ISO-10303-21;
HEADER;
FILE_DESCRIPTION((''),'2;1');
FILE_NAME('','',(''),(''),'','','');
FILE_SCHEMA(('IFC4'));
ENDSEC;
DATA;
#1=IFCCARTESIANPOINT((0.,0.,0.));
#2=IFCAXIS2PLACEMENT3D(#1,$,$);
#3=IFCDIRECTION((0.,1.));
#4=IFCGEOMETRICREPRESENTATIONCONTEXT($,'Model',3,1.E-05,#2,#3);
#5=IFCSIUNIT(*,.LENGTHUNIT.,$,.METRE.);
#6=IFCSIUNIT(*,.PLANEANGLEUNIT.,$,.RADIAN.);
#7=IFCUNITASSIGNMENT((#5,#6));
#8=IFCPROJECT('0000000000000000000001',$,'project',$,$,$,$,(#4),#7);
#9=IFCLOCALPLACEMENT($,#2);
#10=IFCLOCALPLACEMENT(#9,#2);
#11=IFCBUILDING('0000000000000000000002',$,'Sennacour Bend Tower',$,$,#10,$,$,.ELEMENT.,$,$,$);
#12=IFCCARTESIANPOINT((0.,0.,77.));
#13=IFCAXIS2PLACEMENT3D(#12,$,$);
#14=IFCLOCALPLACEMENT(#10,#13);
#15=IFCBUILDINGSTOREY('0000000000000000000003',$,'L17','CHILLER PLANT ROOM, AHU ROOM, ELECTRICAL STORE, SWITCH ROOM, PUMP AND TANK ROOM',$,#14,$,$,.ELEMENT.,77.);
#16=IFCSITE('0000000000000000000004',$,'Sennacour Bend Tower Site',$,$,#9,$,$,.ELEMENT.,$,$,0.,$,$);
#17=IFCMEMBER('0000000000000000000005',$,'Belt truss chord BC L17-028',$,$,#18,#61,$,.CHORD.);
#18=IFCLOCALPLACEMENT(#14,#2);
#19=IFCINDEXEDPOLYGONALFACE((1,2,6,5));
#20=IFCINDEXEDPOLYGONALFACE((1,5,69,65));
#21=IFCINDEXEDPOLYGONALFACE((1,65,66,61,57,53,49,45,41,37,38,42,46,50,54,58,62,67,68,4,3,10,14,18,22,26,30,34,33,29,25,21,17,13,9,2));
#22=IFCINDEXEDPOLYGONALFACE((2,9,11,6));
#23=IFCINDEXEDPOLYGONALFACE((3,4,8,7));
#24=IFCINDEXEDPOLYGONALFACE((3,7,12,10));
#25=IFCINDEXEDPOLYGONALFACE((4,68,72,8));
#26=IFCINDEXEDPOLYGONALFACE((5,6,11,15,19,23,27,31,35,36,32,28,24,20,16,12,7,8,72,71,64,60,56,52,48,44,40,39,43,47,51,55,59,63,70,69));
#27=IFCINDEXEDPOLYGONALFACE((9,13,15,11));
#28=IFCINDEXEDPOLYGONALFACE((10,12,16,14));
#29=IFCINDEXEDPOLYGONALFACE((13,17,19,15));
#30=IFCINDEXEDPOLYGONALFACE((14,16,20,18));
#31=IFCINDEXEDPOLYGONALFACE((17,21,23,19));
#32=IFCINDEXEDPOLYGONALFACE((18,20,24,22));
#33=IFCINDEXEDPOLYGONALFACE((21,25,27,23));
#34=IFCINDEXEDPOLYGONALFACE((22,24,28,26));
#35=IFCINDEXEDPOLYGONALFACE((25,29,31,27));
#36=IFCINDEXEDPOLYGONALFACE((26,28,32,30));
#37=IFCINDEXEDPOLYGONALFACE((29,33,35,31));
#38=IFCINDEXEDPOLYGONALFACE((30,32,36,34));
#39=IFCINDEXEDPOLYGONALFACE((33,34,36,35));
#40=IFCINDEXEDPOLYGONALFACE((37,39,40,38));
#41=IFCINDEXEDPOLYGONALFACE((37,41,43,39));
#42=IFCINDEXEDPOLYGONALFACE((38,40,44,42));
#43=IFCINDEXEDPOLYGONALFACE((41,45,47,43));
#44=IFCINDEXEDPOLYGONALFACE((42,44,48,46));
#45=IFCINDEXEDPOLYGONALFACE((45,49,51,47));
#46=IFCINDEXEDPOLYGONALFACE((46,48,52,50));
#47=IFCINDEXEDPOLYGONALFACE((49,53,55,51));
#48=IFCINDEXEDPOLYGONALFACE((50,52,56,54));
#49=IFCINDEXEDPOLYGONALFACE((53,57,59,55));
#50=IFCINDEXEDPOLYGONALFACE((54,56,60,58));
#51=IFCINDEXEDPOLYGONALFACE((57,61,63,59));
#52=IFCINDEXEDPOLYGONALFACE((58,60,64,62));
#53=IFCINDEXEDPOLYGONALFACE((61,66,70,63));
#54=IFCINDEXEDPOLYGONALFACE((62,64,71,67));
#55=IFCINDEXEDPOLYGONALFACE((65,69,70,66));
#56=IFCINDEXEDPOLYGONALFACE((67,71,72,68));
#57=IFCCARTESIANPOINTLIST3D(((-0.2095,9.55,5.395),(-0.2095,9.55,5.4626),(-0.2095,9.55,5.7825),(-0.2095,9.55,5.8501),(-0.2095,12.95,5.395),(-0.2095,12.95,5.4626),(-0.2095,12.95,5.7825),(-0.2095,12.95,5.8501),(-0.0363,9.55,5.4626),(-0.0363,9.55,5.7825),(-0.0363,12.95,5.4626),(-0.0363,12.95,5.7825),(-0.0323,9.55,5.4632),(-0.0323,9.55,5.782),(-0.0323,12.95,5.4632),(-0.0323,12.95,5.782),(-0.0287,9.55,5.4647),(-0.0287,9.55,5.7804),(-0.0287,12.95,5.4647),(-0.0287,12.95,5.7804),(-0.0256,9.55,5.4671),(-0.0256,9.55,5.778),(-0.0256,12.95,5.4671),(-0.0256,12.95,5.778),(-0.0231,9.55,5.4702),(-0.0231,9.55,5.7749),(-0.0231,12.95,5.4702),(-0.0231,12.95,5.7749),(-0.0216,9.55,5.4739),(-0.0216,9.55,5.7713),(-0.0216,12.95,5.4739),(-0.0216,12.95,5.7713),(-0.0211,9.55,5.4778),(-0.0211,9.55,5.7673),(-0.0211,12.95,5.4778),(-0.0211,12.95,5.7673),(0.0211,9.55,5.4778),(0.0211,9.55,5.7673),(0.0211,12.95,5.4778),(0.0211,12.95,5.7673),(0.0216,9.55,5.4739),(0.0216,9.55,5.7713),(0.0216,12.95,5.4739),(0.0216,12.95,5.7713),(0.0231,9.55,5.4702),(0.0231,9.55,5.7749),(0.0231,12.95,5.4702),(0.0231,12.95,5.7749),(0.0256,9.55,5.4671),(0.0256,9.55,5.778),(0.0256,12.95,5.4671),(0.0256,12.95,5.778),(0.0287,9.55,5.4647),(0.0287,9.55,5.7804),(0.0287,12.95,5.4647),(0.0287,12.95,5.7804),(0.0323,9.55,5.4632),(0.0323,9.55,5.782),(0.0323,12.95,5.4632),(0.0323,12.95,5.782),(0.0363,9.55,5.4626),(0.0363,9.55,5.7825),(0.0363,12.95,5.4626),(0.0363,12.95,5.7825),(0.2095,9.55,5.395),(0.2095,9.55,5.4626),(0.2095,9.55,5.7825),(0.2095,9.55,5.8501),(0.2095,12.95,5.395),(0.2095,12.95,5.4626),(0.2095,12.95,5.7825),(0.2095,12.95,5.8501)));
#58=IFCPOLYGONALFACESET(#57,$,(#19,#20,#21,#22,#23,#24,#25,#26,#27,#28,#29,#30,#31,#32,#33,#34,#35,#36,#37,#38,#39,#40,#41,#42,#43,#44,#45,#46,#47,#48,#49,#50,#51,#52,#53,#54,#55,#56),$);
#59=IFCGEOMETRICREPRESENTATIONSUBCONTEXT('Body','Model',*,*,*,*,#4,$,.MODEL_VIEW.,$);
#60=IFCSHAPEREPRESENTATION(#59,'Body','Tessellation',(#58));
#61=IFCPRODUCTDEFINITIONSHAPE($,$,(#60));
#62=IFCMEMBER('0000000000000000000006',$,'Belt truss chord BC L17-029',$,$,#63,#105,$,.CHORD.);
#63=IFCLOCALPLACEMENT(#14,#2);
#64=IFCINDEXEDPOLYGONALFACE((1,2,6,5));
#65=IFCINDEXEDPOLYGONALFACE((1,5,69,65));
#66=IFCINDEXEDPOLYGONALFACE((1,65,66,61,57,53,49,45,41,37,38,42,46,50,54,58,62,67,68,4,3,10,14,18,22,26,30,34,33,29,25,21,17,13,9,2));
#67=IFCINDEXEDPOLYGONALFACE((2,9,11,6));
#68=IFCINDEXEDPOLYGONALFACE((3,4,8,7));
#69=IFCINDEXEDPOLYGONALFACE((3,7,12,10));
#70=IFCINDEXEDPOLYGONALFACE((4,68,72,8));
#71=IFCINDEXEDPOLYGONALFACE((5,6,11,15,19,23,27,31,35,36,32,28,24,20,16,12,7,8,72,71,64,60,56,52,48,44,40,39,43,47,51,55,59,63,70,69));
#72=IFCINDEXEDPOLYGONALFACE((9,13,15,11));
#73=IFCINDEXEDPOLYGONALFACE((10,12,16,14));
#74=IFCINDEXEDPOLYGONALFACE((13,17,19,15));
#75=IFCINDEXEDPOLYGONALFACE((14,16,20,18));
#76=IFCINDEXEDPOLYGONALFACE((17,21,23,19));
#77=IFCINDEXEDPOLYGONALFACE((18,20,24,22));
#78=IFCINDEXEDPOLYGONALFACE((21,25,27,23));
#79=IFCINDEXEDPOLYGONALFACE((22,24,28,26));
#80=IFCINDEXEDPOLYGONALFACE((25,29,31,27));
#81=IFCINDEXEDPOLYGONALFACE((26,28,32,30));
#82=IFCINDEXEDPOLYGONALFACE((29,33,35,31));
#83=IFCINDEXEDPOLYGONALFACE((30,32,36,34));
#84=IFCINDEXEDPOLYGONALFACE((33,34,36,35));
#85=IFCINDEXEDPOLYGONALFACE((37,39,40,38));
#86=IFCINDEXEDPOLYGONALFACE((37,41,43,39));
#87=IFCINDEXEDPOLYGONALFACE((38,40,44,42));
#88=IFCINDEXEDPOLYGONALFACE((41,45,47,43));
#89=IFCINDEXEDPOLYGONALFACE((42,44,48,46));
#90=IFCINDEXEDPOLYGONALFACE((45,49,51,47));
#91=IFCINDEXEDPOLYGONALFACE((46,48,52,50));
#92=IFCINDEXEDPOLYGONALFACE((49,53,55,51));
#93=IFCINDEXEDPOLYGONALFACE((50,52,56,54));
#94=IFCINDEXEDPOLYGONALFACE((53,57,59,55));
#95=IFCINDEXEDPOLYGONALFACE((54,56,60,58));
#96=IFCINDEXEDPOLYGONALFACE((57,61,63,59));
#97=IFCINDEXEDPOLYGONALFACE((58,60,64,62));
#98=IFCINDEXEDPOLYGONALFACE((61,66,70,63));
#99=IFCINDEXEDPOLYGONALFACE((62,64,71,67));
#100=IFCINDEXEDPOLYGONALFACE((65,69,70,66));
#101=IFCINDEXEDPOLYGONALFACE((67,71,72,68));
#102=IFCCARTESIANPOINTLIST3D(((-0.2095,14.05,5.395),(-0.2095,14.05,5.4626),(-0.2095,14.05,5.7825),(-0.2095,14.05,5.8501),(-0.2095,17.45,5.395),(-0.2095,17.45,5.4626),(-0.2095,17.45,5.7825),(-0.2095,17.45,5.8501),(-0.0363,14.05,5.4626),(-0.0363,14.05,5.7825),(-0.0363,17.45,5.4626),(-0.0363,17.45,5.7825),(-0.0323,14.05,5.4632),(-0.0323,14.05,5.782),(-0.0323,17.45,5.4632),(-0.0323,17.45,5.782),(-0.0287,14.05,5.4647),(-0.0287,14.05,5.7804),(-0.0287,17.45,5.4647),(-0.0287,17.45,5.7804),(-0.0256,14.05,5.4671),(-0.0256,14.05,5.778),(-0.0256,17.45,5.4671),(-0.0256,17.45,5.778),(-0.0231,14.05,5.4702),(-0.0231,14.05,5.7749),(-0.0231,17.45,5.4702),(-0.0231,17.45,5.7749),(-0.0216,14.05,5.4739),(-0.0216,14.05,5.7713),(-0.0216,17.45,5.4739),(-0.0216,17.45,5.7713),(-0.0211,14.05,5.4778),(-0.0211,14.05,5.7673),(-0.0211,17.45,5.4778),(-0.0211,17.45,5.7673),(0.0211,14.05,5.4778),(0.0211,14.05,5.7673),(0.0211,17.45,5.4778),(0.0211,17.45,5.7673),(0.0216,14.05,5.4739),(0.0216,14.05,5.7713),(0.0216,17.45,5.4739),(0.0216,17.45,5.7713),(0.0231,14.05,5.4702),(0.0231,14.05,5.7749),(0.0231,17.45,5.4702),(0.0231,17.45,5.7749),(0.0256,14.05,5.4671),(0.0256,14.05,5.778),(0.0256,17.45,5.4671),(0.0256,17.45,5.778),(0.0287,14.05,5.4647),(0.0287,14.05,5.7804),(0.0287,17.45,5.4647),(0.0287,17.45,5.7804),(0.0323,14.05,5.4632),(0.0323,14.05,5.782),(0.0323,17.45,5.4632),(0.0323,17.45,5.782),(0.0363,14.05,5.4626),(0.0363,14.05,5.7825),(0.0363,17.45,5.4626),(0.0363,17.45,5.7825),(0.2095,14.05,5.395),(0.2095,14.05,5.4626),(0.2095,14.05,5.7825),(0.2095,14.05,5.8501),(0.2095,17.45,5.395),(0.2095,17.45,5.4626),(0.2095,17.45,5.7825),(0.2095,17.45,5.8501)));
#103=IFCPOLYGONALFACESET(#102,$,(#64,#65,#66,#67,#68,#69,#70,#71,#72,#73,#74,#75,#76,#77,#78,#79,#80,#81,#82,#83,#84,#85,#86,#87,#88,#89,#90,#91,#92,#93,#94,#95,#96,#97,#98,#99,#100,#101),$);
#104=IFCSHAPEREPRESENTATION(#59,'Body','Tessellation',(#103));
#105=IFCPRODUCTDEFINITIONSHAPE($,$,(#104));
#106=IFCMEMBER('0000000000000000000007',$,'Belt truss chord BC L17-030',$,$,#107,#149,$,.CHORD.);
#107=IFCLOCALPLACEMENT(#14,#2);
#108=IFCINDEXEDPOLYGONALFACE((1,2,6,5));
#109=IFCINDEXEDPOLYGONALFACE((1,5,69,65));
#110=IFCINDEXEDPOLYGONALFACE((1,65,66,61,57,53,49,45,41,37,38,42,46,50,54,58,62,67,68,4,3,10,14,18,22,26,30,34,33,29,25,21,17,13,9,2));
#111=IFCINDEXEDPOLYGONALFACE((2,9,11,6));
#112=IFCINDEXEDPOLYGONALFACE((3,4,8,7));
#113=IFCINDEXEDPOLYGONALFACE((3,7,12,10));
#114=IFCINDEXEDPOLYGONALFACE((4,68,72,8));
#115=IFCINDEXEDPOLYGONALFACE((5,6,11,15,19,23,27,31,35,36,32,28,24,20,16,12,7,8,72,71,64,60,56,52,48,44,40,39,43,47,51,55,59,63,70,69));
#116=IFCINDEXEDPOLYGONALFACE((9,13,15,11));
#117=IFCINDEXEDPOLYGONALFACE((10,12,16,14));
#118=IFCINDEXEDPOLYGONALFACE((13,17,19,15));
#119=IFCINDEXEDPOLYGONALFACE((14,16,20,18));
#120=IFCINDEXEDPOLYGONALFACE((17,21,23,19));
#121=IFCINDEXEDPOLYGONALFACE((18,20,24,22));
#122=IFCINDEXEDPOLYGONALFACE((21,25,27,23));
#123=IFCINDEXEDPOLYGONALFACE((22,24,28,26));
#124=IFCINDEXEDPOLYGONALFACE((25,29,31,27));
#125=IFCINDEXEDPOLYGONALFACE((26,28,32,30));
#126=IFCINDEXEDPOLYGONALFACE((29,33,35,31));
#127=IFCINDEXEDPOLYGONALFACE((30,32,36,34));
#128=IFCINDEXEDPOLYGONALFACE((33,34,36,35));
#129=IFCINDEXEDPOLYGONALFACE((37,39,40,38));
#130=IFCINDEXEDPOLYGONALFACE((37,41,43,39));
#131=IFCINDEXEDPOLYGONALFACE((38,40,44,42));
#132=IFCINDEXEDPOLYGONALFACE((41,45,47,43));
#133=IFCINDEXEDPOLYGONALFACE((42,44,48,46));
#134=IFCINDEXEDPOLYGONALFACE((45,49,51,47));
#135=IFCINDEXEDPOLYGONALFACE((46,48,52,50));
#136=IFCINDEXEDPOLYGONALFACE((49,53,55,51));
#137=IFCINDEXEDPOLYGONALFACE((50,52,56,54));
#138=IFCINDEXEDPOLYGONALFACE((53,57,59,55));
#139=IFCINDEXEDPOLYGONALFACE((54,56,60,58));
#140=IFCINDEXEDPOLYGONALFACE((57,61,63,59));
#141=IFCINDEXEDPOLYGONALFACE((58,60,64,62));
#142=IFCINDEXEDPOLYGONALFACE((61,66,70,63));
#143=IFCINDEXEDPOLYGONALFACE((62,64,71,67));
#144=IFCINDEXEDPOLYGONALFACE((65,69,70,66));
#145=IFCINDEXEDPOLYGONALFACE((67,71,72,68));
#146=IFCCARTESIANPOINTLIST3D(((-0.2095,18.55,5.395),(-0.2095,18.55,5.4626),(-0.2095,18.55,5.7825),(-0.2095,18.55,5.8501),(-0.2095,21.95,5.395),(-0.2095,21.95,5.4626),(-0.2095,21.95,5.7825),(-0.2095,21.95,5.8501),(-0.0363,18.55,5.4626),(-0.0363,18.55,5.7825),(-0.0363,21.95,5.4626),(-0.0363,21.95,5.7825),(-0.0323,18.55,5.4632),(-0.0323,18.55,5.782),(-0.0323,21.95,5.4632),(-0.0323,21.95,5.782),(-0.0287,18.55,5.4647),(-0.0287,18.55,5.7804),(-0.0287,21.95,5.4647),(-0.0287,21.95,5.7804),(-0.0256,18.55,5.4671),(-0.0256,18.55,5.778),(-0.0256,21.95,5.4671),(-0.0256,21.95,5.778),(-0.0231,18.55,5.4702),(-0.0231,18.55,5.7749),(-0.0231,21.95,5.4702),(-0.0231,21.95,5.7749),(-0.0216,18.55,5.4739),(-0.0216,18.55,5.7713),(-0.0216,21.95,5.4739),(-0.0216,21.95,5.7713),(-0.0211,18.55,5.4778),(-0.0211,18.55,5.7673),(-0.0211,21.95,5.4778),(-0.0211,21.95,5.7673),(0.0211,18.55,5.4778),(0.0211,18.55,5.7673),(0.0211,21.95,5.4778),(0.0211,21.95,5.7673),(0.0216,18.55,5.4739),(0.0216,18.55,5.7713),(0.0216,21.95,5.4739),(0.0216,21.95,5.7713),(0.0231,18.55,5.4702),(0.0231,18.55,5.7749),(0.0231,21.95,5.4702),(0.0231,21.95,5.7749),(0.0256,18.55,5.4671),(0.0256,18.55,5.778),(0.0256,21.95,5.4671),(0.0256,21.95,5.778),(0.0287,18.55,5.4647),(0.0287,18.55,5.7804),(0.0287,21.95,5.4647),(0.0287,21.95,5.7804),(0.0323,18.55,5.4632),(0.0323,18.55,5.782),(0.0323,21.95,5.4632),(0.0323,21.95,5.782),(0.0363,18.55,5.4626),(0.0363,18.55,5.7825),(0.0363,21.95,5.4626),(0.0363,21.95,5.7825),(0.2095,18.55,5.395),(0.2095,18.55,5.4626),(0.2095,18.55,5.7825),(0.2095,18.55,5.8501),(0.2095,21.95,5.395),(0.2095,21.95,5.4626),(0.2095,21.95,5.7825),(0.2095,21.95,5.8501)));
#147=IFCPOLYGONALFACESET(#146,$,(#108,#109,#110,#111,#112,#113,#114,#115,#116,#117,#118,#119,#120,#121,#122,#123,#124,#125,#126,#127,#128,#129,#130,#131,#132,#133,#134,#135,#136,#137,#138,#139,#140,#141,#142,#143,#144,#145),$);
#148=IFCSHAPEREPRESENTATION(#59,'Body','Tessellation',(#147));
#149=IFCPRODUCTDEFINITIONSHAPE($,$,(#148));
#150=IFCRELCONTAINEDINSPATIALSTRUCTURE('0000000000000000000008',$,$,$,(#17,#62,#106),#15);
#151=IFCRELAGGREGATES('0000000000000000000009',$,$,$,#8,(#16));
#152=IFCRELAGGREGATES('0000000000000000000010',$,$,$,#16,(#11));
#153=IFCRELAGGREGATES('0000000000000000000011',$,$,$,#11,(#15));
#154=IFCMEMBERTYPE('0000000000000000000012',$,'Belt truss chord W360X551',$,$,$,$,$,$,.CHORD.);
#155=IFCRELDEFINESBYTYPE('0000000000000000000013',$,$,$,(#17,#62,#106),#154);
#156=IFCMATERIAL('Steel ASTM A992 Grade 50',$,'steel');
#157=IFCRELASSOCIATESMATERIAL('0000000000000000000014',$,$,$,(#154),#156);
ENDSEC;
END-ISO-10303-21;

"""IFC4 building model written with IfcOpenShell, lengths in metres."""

from ifc_helpers import new_model, si_unit, direction, frame, origin, origin_2d, place, context, subcontext, project, spatial, i_section, extrude, material, material_profile, profile_set, type_object, element, save


model = new_model("IFC4")

# Units and contexts
model_context = context("Model", 3, precision=1e-05, world=origin(), true_north=direction((0.0, 1.0)))
body_context = subcontext(model_context, "Body", "Model", "MODEL_VIEW")
ifc_project = project(units=[si_unit("LENGTHUNIT", "METRE"), si_unit("PLANEANGLEUNIT", "RADIAN")], contexts=[model_context])

# Site, building, storey
site_placement = place(None, origin())
site = spatial("IfcSite", under=ifc_project, at=site_placement, Name="Sennacour Bend Tower Site", CompositionType="ELEMENT", RefElevation=0.0)
building_placement = place(site_placement, origin())
building = spatial("IfcBuilding", under=site, at=building_placement, Name="Sennacour Bend Tower", CompositionType="ELEMENT")
storey_placement = place(building_placement, frame((0.0, 0.0, 77.0)))
storey = spatial("IfcBuildingStorey", under=building, at=storey_placement, Name="L17", Description="CHILLER PLANT ROOM, AHU ROOM, ELECTRICAL STORE, SWITCH ROOM, PUMP AND TANK ROOM", CompositionType="ELEMENT", Elevation=77.0)

# Members
ifc_material_1 = material(Name="Steel ASTM A992 Grade 50", Category="steel")
ifc_material_profile_1 = material_profile(ifc_material_1, i_section(OverallWidth=0.4189, OverallDepth=0.4551, WebThickness=0.0422, FlangeThickness=0.0676, FilletRadius=0.0151, at=origin_2d()), Name="Steel ASTM A992 Grade 50", Category="steel")
ifc_profile_set_1 = profile_set([ifc_material_profile_1], Name="Steel ASTM A992 Grade 50")
member_type_1 = type_object("IfcMemberType", Name="Belt truss chord W360X551", PredefinedType="CHORD", material=ifc_profile_set_1)
for number, where, z_axis, x_axis, name in (
    (1, (0.0, 9.55, 5.6226), (0.0, 1.0, 0.0), (-1.0, 0.0, 0.0), "Belt truss chord BC L17-028"),
    (2, (0.0, 14.05, 5.6226), (0.0, 1.0, 0.0), (-1.0, 0.0, 0.0), "Belt truss chord BC L17-029"),
    (3, (0.0, 18.55, 5.6226), (0.0, 1.0, 0.0), (-1.0, 0.0, 0.0), "Belt truss chord BC L17-030"),
):
    element("IfcMember", number, at=place(storey_placement, frame(where, z_axis=z_axis, x_axis=x_axis)), inside=storey, type_object=member_type_1, Name=name, PredefinedType="CHORD", context=body_context, shape_type="SweptSolid", body=[
        extrude(i_section(OverallWidth=0.4189, OverallDepth=0.4551, WebThickness=0.0422, FlangeThickness=0.0676, FilletRadius=0.0151, at=origin_2d()), origin(), (0.0, 0.0, 1.0), 3.3999),
    ])

save(model, "model.ifc")
